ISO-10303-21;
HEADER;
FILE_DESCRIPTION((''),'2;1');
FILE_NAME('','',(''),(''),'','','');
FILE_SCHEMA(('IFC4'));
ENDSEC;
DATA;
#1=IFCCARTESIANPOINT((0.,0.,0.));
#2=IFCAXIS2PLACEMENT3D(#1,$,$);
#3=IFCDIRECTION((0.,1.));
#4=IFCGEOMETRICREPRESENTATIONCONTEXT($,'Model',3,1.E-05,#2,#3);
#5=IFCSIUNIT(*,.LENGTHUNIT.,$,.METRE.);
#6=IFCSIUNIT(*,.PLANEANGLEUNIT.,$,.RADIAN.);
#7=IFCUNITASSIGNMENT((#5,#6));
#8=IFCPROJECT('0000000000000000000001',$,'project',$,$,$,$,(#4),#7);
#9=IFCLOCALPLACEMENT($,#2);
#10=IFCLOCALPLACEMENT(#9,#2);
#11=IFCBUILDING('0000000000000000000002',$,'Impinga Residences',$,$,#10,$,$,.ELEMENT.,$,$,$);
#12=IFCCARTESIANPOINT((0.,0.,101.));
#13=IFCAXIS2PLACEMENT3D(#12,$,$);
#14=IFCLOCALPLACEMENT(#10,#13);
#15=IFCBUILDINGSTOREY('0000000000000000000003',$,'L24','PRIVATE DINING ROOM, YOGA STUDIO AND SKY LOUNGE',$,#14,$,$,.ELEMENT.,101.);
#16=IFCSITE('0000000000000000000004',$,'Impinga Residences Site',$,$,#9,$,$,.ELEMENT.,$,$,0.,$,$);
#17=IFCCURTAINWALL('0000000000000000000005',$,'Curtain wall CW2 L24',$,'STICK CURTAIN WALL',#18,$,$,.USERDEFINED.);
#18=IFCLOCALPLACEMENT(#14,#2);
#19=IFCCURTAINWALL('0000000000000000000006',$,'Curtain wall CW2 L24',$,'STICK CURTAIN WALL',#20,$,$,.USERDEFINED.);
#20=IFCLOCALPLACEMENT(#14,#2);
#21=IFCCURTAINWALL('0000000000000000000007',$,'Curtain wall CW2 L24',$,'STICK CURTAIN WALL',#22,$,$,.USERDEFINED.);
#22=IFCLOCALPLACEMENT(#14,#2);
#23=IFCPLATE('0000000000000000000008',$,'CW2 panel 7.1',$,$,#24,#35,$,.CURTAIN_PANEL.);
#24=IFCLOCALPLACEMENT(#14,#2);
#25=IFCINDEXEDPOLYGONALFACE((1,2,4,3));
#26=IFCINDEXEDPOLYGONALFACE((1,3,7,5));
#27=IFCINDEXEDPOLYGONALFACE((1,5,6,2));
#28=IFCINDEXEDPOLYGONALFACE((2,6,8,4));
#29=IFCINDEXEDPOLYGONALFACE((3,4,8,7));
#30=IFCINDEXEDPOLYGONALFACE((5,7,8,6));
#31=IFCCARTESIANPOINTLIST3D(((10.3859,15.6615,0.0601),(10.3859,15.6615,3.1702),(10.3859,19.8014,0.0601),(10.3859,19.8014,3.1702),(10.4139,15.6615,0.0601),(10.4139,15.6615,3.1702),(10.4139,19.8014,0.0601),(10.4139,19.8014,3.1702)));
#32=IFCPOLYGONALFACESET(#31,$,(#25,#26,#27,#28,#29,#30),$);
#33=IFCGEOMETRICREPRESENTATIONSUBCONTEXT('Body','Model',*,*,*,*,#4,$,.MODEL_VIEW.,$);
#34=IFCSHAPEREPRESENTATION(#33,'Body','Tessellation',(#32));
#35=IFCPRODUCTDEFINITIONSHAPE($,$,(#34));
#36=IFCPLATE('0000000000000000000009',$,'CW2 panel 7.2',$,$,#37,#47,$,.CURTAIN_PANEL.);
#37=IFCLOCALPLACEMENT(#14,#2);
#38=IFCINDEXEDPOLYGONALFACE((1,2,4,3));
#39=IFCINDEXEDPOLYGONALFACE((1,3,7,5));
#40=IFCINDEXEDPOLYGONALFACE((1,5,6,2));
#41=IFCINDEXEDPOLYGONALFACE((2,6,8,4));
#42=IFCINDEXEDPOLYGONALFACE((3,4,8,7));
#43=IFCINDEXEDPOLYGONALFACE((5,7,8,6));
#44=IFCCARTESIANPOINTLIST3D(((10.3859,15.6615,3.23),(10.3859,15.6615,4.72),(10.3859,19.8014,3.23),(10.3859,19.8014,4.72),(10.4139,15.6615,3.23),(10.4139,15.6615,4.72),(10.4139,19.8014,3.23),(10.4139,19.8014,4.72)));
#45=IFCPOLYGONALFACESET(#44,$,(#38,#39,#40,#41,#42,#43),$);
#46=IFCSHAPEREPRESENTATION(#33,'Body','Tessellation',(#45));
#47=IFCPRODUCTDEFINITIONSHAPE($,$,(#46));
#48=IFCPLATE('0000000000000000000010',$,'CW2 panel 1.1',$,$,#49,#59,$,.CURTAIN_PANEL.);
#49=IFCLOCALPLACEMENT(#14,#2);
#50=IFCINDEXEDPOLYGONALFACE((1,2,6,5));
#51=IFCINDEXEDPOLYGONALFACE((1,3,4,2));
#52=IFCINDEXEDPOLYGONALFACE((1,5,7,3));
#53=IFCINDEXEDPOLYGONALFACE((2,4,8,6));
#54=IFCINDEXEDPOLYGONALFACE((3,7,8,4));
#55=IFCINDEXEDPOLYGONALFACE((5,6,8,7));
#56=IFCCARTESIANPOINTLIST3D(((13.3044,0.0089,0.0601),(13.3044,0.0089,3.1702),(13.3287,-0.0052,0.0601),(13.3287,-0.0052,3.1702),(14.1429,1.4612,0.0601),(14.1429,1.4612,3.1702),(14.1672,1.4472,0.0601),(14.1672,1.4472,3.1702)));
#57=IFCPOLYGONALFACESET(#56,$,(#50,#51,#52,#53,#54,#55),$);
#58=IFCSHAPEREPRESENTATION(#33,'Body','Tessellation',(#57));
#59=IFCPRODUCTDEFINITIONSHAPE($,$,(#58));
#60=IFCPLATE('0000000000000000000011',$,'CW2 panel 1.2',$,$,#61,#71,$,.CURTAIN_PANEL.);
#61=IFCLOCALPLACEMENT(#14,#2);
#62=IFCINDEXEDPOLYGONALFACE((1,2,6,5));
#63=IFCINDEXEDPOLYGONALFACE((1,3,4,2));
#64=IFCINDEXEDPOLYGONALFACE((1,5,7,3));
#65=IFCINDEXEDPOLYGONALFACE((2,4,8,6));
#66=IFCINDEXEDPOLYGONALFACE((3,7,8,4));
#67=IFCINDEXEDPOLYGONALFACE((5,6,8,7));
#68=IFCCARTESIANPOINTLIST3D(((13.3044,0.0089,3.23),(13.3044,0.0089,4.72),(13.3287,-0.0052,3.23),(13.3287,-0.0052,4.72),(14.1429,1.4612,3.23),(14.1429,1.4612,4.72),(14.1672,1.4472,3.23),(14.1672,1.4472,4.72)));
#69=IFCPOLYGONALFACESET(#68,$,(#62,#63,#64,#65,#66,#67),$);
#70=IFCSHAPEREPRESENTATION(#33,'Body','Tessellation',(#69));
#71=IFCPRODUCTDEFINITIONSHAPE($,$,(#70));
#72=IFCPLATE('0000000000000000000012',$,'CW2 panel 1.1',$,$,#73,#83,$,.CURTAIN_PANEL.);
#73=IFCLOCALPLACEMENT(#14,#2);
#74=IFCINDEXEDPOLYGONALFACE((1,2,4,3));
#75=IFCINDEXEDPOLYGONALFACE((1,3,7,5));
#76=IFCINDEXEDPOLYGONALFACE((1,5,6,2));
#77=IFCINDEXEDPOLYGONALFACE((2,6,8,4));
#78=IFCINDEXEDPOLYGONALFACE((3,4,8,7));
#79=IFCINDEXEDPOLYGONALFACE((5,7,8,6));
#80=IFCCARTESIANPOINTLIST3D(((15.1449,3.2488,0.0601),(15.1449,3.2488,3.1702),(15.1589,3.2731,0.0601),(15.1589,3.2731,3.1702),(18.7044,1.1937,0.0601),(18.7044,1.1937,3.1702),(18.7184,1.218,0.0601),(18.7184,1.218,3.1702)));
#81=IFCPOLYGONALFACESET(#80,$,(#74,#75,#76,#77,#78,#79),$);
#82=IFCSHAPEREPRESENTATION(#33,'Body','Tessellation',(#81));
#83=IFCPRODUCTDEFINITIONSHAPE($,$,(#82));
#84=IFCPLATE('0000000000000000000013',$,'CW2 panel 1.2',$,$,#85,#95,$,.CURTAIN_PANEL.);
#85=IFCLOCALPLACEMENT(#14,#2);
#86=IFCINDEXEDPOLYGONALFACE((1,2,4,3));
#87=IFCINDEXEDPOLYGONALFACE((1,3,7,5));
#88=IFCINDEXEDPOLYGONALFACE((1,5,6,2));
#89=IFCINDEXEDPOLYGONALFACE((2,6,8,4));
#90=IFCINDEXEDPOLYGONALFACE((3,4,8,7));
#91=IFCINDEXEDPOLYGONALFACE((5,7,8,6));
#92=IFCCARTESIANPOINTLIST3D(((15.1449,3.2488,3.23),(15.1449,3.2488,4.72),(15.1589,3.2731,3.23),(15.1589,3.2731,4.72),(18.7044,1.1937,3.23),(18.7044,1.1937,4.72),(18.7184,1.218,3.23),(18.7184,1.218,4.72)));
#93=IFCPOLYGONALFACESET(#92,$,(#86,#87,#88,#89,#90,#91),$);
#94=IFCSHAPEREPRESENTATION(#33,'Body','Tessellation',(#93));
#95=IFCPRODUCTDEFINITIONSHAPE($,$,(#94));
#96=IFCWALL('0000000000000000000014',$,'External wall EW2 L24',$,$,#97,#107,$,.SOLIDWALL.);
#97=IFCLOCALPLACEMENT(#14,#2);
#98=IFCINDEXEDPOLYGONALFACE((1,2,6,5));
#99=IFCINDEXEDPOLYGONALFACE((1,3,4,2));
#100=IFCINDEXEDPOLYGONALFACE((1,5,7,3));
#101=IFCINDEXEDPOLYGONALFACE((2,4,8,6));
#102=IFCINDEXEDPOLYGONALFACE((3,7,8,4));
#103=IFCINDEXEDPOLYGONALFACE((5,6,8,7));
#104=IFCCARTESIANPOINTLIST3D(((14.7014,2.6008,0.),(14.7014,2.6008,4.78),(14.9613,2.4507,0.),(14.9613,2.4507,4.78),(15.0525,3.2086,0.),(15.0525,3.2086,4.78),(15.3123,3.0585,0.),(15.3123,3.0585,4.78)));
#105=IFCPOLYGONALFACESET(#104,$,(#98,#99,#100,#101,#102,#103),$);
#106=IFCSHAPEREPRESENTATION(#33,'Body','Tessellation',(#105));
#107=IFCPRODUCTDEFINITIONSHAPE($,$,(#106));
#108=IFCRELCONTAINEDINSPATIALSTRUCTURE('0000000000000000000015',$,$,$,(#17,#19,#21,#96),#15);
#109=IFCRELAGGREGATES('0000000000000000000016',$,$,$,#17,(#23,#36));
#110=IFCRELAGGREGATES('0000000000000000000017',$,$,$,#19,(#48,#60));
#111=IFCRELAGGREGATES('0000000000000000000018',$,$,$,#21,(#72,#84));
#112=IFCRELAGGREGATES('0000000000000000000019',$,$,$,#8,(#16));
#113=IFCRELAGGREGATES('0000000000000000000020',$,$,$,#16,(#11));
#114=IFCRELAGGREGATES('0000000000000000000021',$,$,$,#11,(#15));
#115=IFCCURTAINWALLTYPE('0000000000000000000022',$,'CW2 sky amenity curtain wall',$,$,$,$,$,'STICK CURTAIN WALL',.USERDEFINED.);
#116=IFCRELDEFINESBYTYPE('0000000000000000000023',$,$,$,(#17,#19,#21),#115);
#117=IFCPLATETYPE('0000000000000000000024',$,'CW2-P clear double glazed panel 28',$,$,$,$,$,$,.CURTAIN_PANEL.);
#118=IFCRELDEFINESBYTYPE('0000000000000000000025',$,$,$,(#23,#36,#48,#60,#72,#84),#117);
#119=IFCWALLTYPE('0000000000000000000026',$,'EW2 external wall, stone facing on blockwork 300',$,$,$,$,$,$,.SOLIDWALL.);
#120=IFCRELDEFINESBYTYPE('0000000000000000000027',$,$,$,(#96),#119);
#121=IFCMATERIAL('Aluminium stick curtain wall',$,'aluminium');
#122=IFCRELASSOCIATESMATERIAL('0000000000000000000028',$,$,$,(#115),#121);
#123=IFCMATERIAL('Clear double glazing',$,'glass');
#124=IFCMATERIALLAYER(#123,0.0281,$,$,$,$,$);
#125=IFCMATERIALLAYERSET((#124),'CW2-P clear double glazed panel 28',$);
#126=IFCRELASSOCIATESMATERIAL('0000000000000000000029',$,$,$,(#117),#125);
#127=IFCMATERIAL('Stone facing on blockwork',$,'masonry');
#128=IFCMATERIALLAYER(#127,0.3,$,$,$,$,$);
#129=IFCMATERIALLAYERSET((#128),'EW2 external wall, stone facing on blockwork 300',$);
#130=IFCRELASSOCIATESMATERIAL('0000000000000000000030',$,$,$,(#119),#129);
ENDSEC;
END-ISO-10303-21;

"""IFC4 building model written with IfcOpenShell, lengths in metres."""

from ifc_helpers import new_model, si_unit, direction, frame, frame_2d, origin, origin_2d, place, context, subcontext, project, spatial, rectangle, extrude, material, layer, layer_set, type_object, element, aggregate, save


model = new_model("IFC4")

# Units and contexts
model_context = context("Model", 3, precision=1e-05, world=origin(), true_north=direction((0.0, 1.0)))
body_context = subcontext(model_context, "Body", "Model", "MODEL_VIEW")
ifc_project = project(units=[si_unit("LENGTHUNIT", "METRE"), si_unit("PLANEANGLEUNIT", "RADIAN")], contexts=[model_context])

# Site, building, storey
site_placement = place(None, origin())
site = spatial("IfcSite", under=ifc_project, at=site_placement, Name="Impinga Residences Site", CompositionType="ELEMENT", RefElevation=0.0)
building_placement = place(site_placement, origin())
building = spatial("IfcBuilding", under=site, at=building_placement, Name="Impinga Residences", CompositionType="ELEMENT")
storey_placement = place(building_placement, frame((0.0, 0.0, 101.0)))
storey = spatial("IfcBuildingStorey", under=building, at=storey_placement, Name="L24", Description="PRIVATE DINING ROOM, YOGA STUDIO AND SKY LOUNGE", CompositionType="ELEMENT", Elevation=101.0)

# Curtain walls
ifc_material_1 = material(Name="Aluminium stick curtain wall", Category="aluminium")
curtain_wall_type = type_object("IfcCurtainWallType", Name="CW2 sky amenity curtain wall", ElementType="STICK CURTAIN WALL", PredefinedType="USERDEFINED", material=ifc_material_1)
curtain_wall_1_placement = place(storey_placement, origin())
curtain_wall_1 = element("IfcCurtainWall", 1, at=curtain_wall_1_placement, inside=storey, type_object=curtain_wall_type, Name="Curtain wall CW2 L24", ObjectType="STICK CURTAIN WALL", PredefinedType="USERDEFINED")
curtain_wall_2_placement = place(storey_placement, origin())
curtain_wall_2 = element("IfcCurtainWall", 2, at=curtain_wall_2_placement, inside=storey, type_object=curtain_wall_type, Name="Curtain wall CW2 L24", ObjectType="STICK CURTAIN WALL", PredefinedType="USERDEFINED")

# Curtain wall
curtain_wall_3_placement = place(storey_placement, origin())
curtain_wall_3 = element("IfcCurtainWall", 3, at=curtain_wall_3_placement, inside=storey, type_object=curtain_wall_type, Name="Curtain wall CW2 L24", ObjectType="STICK CURTAIN WALL", PredefinedType="USERDEFINED")

# Plates
ifc_material_2 = material(Name="Clear double glazing", Category="glass")
ifc_layer_1 = layer(ifc_material_2, 0.0281)
ifc_layer_set_1 = layer_set([ifc_layer_1], Name="CW2-P clear double glazed panel 28")
plate_type = type_object("IfcPlateType", Name="CW2-P clear double glazed panel 28", PredefinedType="CURTAIN_PANEL", material=ifc_layer_set_1)
plate_1_placement = place(storey_placement, frame((10.3999, 17.7314, 0.0601), z_axis=(0.0, 0.0, 1.0), x_axis=(0.0, -1.0, 0.0)))
plate_1 = element("IfcPlate", 4, at=plate_1_placement, type_object=plate_type, Name="CW2 panel 7.1", PredefinedType="CURTAIN_PANEL", context=body_context, shape_type="SweptSolid", body=[
    extrude(rectangle(XDim=4.1399, YDim=0.0281, at=origin_2d()), origin(), (0.0, 0.0, 1.0), 3.1101),
])
plate_2_placement = place(storey_placement, frame((10.3999, 17.7314, 3.23), z_axis=(0.0, 0.0, 1.0), x_axis=(0.0, -1.0, 0.0)))
plate_2 = element("IfcPlate", 5, at=plate_2_placement, type_object=plate_type, Name="CW2 panel 7.2", PredefinedType="CURTAIN_PANEL", context=body_context, shape_type="SweptSolid", body=[
    extrude(rectangle(XDim=4.1399, YDim=0.0281, at=origin_2d()), origin(), (0.0, 0.0, 1.0), 1.49),
])
aggregate(curtain_wall_1, [plate_1, plate_2])
plate_3_placement = place(storey_placement, frame((13.7358, 0.728, 0.0601), z_axis=(0.0, 0.0, 1.0), x_axis=(0.5, 0.866025, 0.0)))
plate_3 = element("IfcPlate", 6, at=plate_3_placement, type_object=plate_type, Name="CW2 panel 1.1", PredefinedType="CURTAIN_PANEL", context=body_context, shape_type="SweptSolid", body=[
    extrude(rectangle(XDim=1.677, YDim=0.0281, at=origin_2d()), origin(), (0.0, 0.0, 1.0), 3.1101),
])
plate_4_placement = place(storey_placement, frame((13.7358, 0.728, 3.23), z_axis=(0.0, 0.0, 1.0), x_axis=(0.5, 0.866025, 0.0)))
plate_4 = element("IfcPlate", 7, at=plate_4_placement, type_object=plate_type, Name="CW2 panel 1.2", PredefinedType="CURTAIN_PANEL", context=body_context, shape_type="SweptSolid", body=[
    extrude(rectangle(XDim=1.677, YDim=0.0281, at=origin_2d()), origin(), (0.0, 0.0, 1.0), 1.49),
])
aggregate(curtain_wall_2, [plate_3, plate_4])
plate_5_placement = place(storey_placement, frame((16.9316, 2.2334, 0.0601), z_axis=(0.0, 0.0, 1.0), x_axis=(0.866025, -0.5, 0.0)))
plate_5 = element("IfcPlate", 8, at=plate_5_placement, type_object=plate_type, Name="CW2 panel 1.1", PredefinedType="CURTAIN_PANEL", context=body_context, shape_type="SweptSolid", body=[
    extrude(rectangle(XDim=4.1101, YDim=0.0281, at=origin_2d()), origin(), (0.0, 0.0, 1.0), 3.1101),
])
plate_6_placement = place(storey_placement, frame((16.9316, 2.2334, 3.23), z_axis=(0.0, 0.0, 1.0), x_axis=(0.866025, -0.5, 0.0)))
plate_6 = element("IfcPlate", 9, at=plate_6_placement, type_object=plate_type, Name="CW2 panel 1.2", PredefinedType="CURTAIN_PANEL", context=body_context, shape_type="SweptSolid", body=[
    extrude(rectangle(XDim=4.1101, YDim=0.0281, at=origin_2d()), origin(), (0.0, 0.0, 1.0), 1.49),
])
aggregate(curtain_wall_3, [plate_5, plate_6])

# Wall
ifc_material_3 = material(Name="Stone facing on blockwork", Category="masonry")
ifc_layer_2 = layer(ifc_material_3, 0.3)
ifc_layer_set_2 = layer_set([ifc_layer_2], Name="EW2 external wall, stone facing on blockwork 300")
wall_type = type_object("IfcWallType", Name="EW2 external wall, stone facing on blockwork 300", PredefinedType="SOLIDWALL", material=ifc_layer_set_2)
wall_placement = place(storey_placement, frame((14.8313, 2.5256, 0.0), z_axis=(0.0, 0.0, 1.0), x_axis=(0.500104, 0.865965, 0.0)))
element("IfcWall", 10, at=wall_placement, inside=storey, type_object=wall_type, Name="External wall EW2 L24", PredefinedType="SOLIDWALL", context=body_context, shape_type="SweptSolid", body=[
    extrude(rectangle(XDim=0.7019, YDim=0.3, at=frame_2d((0.3511, 0.0))), origin(), (0.0, 0.0, 1.0), 4.78),
])

save(model, "model.ifc")
